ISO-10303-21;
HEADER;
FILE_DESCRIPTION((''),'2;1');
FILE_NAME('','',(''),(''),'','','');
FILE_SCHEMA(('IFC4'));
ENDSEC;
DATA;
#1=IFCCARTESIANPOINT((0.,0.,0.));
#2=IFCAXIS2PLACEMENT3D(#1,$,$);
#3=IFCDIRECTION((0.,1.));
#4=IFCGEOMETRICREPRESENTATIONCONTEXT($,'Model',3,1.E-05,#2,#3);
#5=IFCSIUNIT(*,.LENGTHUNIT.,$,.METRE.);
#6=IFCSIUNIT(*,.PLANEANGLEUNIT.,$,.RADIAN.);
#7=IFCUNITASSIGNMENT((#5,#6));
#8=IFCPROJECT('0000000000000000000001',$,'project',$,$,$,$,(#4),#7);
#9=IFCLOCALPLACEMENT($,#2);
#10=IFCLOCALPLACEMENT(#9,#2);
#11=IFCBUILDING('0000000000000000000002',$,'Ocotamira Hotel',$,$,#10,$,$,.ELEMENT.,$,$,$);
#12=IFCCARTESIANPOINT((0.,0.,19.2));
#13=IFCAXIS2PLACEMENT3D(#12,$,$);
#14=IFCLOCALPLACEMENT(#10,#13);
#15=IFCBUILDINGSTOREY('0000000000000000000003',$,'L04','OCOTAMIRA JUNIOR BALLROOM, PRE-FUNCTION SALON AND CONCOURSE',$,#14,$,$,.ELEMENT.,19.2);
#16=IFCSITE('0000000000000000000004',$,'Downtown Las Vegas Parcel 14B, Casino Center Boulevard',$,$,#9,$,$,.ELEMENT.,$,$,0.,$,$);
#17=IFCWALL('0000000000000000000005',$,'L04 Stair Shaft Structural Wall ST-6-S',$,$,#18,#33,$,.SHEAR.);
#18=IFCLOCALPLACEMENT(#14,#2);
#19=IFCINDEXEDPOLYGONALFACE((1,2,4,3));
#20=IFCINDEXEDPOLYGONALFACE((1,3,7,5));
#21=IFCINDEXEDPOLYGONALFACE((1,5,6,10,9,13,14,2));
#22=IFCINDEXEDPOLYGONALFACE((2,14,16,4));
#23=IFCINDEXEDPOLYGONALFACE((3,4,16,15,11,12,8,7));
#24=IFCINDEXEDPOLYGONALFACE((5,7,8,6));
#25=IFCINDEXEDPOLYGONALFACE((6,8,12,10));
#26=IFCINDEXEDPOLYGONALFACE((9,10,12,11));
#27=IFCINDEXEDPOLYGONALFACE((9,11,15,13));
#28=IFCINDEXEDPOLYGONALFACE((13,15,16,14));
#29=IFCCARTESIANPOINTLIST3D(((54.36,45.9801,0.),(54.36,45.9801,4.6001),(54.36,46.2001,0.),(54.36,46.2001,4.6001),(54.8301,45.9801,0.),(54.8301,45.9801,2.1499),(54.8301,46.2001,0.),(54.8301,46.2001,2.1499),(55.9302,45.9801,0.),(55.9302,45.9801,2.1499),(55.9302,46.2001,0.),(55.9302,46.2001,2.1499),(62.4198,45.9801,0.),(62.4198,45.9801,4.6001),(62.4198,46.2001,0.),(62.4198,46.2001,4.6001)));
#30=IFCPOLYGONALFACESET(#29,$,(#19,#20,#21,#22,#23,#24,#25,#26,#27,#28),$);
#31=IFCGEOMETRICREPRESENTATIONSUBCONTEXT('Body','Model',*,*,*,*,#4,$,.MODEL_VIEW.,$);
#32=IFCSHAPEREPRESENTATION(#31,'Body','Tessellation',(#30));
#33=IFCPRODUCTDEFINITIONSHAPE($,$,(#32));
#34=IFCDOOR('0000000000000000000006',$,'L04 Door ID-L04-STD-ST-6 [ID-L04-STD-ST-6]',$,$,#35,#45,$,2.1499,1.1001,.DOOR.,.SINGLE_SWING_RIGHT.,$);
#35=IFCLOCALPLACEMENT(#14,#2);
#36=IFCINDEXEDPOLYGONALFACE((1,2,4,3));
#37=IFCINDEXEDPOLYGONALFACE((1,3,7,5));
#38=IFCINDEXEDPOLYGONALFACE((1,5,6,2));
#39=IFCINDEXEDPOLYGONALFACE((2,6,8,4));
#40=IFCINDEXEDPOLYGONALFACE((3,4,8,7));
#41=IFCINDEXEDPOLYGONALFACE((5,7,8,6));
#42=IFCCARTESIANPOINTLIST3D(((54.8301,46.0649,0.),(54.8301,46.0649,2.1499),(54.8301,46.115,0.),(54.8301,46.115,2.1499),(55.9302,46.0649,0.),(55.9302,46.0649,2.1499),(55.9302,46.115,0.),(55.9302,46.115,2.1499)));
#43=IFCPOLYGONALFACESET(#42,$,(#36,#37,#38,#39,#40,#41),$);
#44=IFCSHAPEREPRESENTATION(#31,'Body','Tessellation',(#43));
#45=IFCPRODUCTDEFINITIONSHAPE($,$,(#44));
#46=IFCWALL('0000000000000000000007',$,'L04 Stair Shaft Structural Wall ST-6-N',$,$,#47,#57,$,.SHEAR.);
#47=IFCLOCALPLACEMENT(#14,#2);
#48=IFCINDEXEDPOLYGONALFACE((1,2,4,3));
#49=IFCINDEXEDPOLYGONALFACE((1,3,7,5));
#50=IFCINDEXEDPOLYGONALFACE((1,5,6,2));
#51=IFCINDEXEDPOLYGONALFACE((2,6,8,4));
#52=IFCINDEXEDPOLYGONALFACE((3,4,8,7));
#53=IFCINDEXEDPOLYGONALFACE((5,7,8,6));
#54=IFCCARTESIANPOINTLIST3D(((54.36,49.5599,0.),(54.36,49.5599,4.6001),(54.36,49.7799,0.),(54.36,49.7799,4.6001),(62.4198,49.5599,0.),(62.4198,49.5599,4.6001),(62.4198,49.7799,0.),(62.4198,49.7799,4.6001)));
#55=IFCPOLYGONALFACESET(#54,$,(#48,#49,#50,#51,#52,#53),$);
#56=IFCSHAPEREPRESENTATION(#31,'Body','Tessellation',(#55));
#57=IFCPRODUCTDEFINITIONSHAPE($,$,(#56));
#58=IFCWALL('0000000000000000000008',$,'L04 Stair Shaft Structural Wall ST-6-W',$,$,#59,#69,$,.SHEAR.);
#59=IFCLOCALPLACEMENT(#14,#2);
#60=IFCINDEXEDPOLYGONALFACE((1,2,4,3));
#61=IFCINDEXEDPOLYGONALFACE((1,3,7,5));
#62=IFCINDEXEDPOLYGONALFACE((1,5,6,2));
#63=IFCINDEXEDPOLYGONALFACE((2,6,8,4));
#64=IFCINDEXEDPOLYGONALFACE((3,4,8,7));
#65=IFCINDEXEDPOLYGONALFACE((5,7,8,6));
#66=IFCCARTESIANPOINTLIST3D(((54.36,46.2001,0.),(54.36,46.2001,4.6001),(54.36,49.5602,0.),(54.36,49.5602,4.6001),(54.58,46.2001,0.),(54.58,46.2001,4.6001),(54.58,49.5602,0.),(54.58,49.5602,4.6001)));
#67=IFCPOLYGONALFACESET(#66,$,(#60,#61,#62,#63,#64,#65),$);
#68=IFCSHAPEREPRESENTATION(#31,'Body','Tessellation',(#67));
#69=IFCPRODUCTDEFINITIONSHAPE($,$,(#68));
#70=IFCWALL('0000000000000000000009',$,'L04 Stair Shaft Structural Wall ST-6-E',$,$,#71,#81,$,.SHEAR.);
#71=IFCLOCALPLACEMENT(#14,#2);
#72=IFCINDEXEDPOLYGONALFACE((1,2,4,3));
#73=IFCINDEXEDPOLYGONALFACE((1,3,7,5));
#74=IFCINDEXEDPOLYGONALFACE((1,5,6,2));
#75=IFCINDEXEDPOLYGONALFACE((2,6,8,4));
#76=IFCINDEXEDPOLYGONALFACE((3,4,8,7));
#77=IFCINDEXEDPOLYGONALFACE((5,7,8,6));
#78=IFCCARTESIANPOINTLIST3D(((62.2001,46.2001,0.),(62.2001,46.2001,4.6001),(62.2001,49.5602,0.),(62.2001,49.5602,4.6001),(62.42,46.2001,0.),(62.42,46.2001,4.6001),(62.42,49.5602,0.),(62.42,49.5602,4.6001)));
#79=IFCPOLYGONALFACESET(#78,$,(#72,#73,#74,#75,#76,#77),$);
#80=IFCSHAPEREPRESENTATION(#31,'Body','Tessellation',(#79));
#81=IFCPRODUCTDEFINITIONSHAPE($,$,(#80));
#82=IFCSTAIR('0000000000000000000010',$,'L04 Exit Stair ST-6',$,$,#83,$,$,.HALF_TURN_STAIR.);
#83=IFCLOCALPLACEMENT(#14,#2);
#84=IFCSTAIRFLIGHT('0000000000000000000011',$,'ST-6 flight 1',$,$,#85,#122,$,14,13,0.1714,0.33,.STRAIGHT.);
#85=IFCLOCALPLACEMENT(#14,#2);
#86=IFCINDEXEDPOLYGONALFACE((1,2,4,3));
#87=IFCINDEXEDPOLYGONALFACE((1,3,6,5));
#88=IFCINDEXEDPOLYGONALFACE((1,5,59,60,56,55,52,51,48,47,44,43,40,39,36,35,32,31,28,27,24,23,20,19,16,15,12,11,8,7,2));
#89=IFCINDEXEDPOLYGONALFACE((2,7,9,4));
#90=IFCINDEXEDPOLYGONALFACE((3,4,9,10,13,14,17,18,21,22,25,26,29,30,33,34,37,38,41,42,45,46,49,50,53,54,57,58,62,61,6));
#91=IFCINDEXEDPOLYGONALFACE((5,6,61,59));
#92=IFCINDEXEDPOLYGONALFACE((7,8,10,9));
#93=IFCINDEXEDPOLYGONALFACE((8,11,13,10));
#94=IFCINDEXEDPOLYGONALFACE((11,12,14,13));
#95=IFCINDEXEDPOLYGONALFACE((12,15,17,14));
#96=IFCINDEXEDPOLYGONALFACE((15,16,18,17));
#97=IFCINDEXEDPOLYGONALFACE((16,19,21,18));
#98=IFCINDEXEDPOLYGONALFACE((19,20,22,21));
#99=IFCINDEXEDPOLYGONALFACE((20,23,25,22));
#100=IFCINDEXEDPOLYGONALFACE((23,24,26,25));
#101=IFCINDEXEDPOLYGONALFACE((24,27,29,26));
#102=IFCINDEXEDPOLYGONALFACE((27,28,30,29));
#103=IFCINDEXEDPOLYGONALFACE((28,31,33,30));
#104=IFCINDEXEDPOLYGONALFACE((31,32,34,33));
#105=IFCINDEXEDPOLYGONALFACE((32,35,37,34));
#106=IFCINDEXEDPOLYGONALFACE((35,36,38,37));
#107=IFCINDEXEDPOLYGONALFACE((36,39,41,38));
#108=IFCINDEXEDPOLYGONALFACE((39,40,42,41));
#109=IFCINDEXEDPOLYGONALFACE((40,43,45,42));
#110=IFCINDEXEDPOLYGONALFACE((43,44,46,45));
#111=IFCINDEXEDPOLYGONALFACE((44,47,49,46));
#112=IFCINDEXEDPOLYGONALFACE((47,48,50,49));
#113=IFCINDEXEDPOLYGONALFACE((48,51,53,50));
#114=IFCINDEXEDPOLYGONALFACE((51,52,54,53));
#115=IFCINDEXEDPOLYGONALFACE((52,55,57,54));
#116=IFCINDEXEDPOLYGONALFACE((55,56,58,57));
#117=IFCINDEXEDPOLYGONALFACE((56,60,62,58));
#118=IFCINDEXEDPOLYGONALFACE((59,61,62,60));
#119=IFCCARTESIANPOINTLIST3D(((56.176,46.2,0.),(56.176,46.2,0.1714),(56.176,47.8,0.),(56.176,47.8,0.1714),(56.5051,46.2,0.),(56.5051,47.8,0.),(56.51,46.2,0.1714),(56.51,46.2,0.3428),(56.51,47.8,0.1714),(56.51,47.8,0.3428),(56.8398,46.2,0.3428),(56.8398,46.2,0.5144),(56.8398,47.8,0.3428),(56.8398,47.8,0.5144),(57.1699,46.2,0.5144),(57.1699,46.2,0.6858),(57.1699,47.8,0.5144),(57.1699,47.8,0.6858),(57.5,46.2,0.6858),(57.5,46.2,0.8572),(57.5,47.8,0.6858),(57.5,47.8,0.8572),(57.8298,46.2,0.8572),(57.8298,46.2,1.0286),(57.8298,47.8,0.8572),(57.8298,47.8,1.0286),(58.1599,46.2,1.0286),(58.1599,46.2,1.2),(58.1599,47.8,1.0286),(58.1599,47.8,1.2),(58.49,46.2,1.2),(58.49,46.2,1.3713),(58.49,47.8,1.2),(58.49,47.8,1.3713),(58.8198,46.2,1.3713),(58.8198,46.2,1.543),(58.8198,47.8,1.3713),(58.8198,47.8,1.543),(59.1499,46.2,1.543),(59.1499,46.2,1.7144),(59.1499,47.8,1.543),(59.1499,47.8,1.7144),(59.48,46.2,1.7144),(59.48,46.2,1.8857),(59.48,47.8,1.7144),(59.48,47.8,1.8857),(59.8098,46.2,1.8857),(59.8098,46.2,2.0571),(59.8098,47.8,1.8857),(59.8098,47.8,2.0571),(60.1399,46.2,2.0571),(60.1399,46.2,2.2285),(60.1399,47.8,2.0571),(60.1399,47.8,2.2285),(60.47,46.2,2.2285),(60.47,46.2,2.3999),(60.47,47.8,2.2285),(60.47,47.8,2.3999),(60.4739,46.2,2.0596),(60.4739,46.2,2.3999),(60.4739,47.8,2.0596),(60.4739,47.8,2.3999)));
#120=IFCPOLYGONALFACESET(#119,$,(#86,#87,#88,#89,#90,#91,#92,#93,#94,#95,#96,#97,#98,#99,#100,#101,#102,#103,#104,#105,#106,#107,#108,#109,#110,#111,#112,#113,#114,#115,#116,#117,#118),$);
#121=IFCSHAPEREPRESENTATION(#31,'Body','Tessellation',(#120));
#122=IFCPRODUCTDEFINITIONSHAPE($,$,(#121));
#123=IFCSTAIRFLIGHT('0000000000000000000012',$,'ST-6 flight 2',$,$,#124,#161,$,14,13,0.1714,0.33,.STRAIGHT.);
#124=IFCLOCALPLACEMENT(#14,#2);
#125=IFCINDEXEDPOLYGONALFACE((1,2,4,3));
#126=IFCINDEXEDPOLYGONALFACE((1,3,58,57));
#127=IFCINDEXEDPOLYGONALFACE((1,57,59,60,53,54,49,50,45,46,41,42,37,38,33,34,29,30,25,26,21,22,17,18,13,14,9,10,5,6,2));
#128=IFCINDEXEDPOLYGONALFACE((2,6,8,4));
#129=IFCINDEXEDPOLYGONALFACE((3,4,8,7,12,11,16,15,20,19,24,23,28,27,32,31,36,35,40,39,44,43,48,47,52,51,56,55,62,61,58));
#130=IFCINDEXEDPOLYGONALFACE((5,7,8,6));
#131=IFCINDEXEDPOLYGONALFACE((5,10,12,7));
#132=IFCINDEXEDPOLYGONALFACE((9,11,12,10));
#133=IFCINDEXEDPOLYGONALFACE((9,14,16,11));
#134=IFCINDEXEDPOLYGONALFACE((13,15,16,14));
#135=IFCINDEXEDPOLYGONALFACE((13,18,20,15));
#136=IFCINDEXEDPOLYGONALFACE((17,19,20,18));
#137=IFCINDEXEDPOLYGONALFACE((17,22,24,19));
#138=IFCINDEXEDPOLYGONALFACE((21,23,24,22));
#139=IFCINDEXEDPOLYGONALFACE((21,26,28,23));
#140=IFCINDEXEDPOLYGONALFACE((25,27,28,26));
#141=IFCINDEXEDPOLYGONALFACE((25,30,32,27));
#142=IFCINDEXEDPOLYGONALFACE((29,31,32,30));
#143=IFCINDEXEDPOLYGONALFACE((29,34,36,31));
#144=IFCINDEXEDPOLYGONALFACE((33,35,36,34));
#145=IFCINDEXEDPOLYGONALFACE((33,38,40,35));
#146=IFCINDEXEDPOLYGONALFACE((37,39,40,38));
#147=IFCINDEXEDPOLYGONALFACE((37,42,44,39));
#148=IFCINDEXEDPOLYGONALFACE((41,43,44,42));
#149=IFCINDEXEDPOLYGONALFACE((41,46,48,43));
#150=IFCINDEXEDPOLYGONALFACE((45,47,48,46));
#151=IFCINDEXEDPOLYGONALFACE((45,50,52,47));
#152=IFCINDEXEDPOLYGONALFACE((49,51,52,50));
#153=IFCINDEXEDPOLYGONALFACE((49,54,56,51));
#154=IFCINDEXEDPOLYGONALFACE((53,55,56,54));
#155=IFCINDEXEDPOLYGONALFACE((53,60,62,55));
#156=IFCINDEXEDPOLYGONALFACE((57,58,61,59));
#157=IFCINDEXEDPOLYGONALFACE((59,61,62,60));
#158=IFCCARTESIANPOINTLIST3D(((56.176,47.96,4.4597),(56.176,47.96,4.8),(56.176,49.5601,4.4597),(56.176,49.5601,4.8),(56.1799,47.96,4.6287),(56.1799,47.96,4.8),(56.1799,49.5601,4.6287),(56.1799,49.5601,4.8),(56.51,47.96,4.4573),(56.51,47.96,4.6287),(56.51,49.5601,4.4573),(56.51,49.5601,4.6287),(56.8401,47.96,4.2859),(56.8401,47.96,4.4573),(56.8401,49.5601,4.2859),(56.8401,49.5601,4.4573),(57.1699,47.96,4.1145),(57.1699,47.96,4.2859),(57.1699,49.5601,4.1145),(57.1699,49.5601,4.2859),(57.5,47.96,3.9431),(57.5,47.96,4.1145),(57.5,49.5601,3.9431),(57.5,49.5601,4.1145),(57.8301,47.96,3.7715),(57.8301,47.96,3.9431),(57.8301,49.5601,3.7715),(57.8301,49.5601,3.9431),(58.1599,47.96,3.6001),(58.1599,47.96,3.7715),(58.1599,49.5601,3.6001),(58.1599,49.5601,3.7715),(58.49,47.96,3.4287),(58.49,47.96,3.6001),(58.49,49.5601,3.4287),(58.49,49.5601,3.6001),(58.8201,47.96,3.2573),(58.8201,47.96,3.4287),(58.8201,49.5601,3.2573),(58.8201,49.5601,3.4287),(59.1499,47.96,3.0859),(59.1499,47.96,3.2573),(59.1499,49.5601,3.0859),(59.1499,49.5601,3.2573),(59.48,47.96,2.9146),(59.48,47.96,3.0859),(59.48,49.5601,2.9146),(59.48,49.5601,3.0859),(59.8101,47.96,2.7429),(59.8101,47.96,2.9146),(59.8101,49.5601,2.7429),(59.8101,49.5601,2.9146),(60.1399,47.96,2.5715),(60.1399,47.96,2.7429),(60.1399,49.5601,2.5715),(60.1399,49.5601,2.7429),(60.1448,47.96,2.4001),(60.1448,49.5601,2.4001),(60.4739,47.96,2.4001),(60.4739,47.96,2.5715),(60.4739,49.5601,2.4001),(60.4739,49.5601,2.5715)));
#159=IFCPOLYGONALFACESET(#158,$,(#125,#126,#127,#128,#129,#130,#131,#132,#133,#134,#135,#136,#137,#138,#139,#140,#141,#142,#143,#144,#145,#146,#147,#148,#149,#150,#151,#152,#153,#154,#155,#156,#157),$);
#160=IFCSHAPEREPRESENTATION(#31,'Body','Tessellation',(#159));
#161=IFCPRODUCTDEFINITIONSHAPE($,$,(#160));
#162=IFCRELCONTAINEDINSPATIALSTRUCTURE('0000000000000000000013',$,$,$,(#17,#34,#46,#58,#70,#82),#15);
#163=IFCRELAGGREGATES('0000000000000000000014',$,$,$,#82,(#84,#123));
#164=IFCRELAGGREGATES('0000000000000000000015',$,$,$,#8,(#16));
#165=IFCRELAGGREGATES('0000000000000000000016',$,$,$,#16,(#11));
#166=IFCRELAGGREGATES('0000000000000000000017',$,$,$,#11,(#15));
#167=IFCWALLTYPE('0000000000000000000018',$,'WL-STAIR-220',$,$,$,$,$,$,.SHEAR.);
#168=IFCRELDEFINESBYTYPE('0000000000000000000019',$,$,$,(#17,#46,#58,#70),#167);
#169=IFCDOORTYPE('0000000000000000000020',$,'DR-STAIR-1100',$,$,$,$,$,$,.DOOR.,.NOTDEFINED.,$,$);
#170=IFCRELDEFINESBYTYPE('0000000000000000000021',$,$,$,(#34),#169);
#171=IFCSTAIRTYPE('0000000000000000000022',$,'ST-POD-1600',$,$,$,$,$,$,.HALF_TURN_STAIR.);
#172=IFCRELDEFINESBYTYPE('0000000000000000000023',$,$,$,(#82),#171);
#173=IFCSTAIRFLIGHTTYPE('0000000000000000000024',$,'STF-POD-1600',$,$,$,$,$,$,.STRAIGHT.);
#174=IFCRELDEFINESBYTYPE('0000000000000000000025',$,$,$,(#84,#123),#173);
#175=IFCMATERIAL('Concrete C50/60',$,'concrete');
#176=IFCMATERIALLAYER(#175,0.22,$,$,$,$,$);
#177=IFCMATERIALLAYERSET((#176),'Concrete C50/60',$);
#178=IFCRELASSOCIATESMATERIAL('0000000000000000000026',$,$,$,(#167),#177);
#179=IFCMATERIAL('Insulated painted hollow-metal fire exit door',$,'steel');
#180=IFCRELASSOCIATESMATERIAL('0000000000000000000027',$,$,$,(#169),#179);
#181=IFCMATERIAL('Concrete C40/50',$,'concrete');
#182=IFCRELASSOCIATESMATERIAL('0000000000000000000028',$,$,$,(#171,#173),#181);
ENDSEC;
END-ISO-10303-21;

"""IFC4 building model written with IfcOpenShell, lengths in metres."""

from ifc_helpers import new_model, si_unit, direction, frame, frame_2d, origin, place, context, subcontext, project, spatial, polyline, rectangle, outline, extrude, source, transform, mapped, material, layer, layer_set, type_object, element, fill, aggregate, save


model = new_model("IFC4")

# Units and contexts
model_context = context("Model", 3, precision=1e-05, world=origin(), true_north=direction((0.0, 1.0)))
body_context = subcontext(model_context, "Body", "Model", "MODEL_VIEW")
ifc_project = project(units=[si_unit("LENGTHUNIT", "METRE"), si_unit("PLANEANGLEUNIT", "RADIAN")], contexts=[model_context])

# Site, building, storey
site_placement = place(None, origin())
site = spatial("IfcSite", under=ifc_project, at=site_placement, Name="Downtown Las Vegas Parcel 14B, Casino Center Boulevard", CompositionType="ELEMENT", RefElevation=0.0)
building_placement = place(site_placement, origin())
building = spatial("IfcBuilding", under=site, at=building_placement, Name="Ocotamira Hotel", CompositionType="ELEMENT")
storey_placement = place(building_placement, frame((0.0, 0.0, 19.2)))
storey = spatial("IfcBuildingStorey", under=building, at=storey_placement, Name="L04", Description="OCOTAMIRA JUNIOR BALLROOM, PRE-FUNCTION SALON AND CONCOURSE", CompositionType="ELEMENT", Elevation=19.2)

# Shared definitions
ifc_material_1 = material(Name="Concrete C50/60", Category="concrete")

# Wall, opening, door
ifc_layer_1 = layer(ifc_material_1, 0.22)
ifc_layer_set_1 = layer_set([ifc_layer_1], Name="Concrete C50/60")
wall_type_1 = type_object("IfcWallType", Name="WL-STAIR-220", PredefinedType="SHEAR", material=ifc_layer_set_1)
wall_1_placement = place(storey_placement, frame((54.3601, 46.0901, 0.0), z_axis=(0.0, 0.0, 1.0), x_axis=(1.0, 0.0, 0.0)))
wall_1 = element("IfcWall", 1, at=wall_1_placement, inside=storey, type_object=wall_type_1, Name="L04 Stair Shaft Structural Wall ST-6-S", PredefinedType="SHEAR", context=body_context, shape_type="SweptSolid", body=[
    extrude(rectangle(XDim=8.0598, YDim=0.22, at=frame_2d((4.0298, 0.0))), origin(), (0.0, 0.0, 1.0), 4.6001),
])
opening_1_placement = place(wall_1_placement, frame((0.47, 0.0, 0.0)))
opening_1 = element("IfcOpeningElement", 2, at=opening_1_placement, cuts=wall_1, PredefinedType="OPENING", context=body_context, shape_type="SweptSolid", body=[
    extrude(rectangle(XDim=1.1001, YDim=2.1499, at=frame_2d((0.55, 1.075))), frame((0.0, 0.1201, 0.0), z_axis=(0.0, -1.0, 0.0), x_axis=(1.0, 0.0, 0.0)), (0.0, 0.0, 1.0), 0.24),
])
ifc_material_2 = material(Name="Insulated painted hollow-metal fire exit door", Category="steel")
door_type = type_object("IfcDoorType", Name="DR-STAIR-1100", OperationType="NOTDEFINED", PredefinedType="DOOR", material=ifc_material_2)
shared_shape_1 = source(origin(), body_context, "Body", "SweptSolid", [
    extrude(rectangle(XDim=1.1001, YDim=2.1499, at=frame_2d((0.55, 1.075))), frame((0.0, 0.0249, 0.0), z_axis=(0.0, -1.0, 0.0), x_axis=(1.0, 0.0, 0.0)), (0.0, 0.0, 1.0), 0.05),
])
door_placement = place(opening_1_placement, origin())
door = element("IfcDoor", 3, at=door_placement, inside=storey, type_object=door_type, Name="L04 Door ID-L04-STD-ST-6 [ID-L04-STD-ST-6]", OperationType="SINGLE_SWING_RIGHT", OverallHeight=2.1499, OverallWidth=1.1001, PredefinedType="DOOR", context=body_context, shape_type="MappedRepresentation", body=[
    mapped(shared_shape_1, transform((0.0, 0.0, 0.0), scale=1.0)),
])
fill(opening_1, door)

# Walls
wall_2_placement = place(storey_placement, frame((54.3601, 49.6699, 0.0), z_axis=(0.0, 0.0, 1.0), x_axis=(1.0, 0.0, 0.0)))
element("IfcWall", 4, at=wall_2_placement, inside=storey, type_object=wall_type_1, Name="L04 Stair Shaft Structural Wall ST-6-N", PredefinedType="SHEAR", context=body_context, shape_type="SweptSolid", body=[
    extrude(rectangle(XDim=8.0598, YDim=0.22, at=frame_2d((4.0298, 0.0))), origin(), (0.0, 0.0, 1.0), 4.6001),
])
for number, where, z_axis, x_axis, name in (
    (5, (54.47, 46.2, 0.0), (0.0, 0.0, 1.0), (0.0, 1.0, 0.0), "L04 Stair Shaft Structural Wall ST-6-W"),
    (6, (62.3101, 46.2, 0.0), (0.0, 0.0, 1.0), (0.0, 1.0, 0.0), "L04 Stair Shaft Structural Wall ST-6-E"),
):
    element("IfcWall", number, at=place(storey_placement, frame(where, z_axis=z_axis, x_axis=x_axis)), inside=storey, type_object=wall_type_1, Name=name, PredefinedType="SHEAR", context=body_context, shape_type="SweptSolid", body=[
        extrude(rectangle(XDim=3.3601, YDim=0.22, at=frame_2d((1.6802, 0.0))), origin(), (0.0, 0.0, 1.0), 4.6001),
    ])

# Stair, stair flights
ifc_material_3 = material(Name="Concrete C40/50", Category="concrete")
stair_type = type_object("IfcStairType", Name="ST-POD-1600", PredefinedType="HALF_TURN_STAIR", material=ifc_material_3)
stair_placement = place(storey_placement, origin())
stair = element("IfcStair", 7, at=stair_placement, inside=storey, type_object=stair_type, Name="L04 Exit Stair ST-6", PredefinedType="HALF_TURN_STAIR")
stair_flight_type = type_object("IfcStairFlightType", Name="STF-POD-1600", PredefinedType="STRAIGHT", material=ifc_material_3)
shared_shape_2 = source(origin(), body_context, "Body", "SweptSolid", [
    extrude(outline(polyline([(-0.0039, 0.0), (-0.0039, 0.1714), (0.3301, 0.1714), (0.3301, 0.3428), (0.6599, 0.3428), (0.6599, 0.5144), (0.99, 0.5144), (0.99, 0.6858), (1.3201, 0.6858), (1.3201, 0.8572), (1.6499, 0.8572), (1.6499, 1.0286), (1.98, 1.0286), (1.98, 1.2), (2.3101, 1.2), (2.3101, 1.3713), (2.6399, 1.3713), (2.6399, 1.543), (2.97, 1.543), (2.97, 1.7144), (3.3, 1.7144), (3.3, 1.8857), (3.6299, 1.8857), (3.6299, 2.0571), (3.96, 2.0571), (3.96, 2.2285), (4.29, 2.2285), (4.29, 2.3999), (4.2939, 2.3999), (4.2939, 2.0596), (0.3252, 0.0), (-0.0039, 0.0)])), frame((0.0, 0.8, 0.0), z_axis=(0.0, -1.0, 0.0), x_axis=(1.0, 0.0, 0.0)), (0.0, 0.0, 1.0), 1.6001),
])
stair_flight_1_placement = place(storey_placement, frame((56.1799, 47.0, 0.0), z_axis=(0.0, 0.0, 1.0), x_axis=(1.0, 0.0, 0.0)))
stair_flight_1 = element("IfcStairFlight", 8, at=stair_flight_1_placement, type_object=stair_flight_type, Name="ST-6 flight 1", NumberOfRisers=14, NumberOfTreads=13, PredefinedType="STRAIGHT", RiserHeight=0.1714, TreadLength=0.33, context=body_context, shape_type="MappedRepresentation", body=[
    mapped(shared_shape_2, transform((0.0, 0.0, 0.0), scale=1.0)),
])
stair_flight_2_placement = place(storey_placement, frame((60.47, 48.76, 2.4001), z_axis=(0.0, 0.0, 1.0), x_axis=(-1.0, 0.0, 0.0)))
stair_flight_2 = element("IfcStairFlight", 9, at=stair_flight_2_placement, type_object=stair_flight_type, Name="ST-6 flight 2", NumberOfRisers=14, NumberOfTreads=13, PredefinedType="STRAIGHT", RiserHeight=0.1714, TreadLength=0.33, context=body_context, shape_type="MappedRepresentation", body=[
    mapped(shared_shape_2, transform((0.0, 0.0, 0.0), scale=1.0)),
])
aggregate(stair, [stair_flight_1, stair_flight_2])

save(model, "model.ifc")
